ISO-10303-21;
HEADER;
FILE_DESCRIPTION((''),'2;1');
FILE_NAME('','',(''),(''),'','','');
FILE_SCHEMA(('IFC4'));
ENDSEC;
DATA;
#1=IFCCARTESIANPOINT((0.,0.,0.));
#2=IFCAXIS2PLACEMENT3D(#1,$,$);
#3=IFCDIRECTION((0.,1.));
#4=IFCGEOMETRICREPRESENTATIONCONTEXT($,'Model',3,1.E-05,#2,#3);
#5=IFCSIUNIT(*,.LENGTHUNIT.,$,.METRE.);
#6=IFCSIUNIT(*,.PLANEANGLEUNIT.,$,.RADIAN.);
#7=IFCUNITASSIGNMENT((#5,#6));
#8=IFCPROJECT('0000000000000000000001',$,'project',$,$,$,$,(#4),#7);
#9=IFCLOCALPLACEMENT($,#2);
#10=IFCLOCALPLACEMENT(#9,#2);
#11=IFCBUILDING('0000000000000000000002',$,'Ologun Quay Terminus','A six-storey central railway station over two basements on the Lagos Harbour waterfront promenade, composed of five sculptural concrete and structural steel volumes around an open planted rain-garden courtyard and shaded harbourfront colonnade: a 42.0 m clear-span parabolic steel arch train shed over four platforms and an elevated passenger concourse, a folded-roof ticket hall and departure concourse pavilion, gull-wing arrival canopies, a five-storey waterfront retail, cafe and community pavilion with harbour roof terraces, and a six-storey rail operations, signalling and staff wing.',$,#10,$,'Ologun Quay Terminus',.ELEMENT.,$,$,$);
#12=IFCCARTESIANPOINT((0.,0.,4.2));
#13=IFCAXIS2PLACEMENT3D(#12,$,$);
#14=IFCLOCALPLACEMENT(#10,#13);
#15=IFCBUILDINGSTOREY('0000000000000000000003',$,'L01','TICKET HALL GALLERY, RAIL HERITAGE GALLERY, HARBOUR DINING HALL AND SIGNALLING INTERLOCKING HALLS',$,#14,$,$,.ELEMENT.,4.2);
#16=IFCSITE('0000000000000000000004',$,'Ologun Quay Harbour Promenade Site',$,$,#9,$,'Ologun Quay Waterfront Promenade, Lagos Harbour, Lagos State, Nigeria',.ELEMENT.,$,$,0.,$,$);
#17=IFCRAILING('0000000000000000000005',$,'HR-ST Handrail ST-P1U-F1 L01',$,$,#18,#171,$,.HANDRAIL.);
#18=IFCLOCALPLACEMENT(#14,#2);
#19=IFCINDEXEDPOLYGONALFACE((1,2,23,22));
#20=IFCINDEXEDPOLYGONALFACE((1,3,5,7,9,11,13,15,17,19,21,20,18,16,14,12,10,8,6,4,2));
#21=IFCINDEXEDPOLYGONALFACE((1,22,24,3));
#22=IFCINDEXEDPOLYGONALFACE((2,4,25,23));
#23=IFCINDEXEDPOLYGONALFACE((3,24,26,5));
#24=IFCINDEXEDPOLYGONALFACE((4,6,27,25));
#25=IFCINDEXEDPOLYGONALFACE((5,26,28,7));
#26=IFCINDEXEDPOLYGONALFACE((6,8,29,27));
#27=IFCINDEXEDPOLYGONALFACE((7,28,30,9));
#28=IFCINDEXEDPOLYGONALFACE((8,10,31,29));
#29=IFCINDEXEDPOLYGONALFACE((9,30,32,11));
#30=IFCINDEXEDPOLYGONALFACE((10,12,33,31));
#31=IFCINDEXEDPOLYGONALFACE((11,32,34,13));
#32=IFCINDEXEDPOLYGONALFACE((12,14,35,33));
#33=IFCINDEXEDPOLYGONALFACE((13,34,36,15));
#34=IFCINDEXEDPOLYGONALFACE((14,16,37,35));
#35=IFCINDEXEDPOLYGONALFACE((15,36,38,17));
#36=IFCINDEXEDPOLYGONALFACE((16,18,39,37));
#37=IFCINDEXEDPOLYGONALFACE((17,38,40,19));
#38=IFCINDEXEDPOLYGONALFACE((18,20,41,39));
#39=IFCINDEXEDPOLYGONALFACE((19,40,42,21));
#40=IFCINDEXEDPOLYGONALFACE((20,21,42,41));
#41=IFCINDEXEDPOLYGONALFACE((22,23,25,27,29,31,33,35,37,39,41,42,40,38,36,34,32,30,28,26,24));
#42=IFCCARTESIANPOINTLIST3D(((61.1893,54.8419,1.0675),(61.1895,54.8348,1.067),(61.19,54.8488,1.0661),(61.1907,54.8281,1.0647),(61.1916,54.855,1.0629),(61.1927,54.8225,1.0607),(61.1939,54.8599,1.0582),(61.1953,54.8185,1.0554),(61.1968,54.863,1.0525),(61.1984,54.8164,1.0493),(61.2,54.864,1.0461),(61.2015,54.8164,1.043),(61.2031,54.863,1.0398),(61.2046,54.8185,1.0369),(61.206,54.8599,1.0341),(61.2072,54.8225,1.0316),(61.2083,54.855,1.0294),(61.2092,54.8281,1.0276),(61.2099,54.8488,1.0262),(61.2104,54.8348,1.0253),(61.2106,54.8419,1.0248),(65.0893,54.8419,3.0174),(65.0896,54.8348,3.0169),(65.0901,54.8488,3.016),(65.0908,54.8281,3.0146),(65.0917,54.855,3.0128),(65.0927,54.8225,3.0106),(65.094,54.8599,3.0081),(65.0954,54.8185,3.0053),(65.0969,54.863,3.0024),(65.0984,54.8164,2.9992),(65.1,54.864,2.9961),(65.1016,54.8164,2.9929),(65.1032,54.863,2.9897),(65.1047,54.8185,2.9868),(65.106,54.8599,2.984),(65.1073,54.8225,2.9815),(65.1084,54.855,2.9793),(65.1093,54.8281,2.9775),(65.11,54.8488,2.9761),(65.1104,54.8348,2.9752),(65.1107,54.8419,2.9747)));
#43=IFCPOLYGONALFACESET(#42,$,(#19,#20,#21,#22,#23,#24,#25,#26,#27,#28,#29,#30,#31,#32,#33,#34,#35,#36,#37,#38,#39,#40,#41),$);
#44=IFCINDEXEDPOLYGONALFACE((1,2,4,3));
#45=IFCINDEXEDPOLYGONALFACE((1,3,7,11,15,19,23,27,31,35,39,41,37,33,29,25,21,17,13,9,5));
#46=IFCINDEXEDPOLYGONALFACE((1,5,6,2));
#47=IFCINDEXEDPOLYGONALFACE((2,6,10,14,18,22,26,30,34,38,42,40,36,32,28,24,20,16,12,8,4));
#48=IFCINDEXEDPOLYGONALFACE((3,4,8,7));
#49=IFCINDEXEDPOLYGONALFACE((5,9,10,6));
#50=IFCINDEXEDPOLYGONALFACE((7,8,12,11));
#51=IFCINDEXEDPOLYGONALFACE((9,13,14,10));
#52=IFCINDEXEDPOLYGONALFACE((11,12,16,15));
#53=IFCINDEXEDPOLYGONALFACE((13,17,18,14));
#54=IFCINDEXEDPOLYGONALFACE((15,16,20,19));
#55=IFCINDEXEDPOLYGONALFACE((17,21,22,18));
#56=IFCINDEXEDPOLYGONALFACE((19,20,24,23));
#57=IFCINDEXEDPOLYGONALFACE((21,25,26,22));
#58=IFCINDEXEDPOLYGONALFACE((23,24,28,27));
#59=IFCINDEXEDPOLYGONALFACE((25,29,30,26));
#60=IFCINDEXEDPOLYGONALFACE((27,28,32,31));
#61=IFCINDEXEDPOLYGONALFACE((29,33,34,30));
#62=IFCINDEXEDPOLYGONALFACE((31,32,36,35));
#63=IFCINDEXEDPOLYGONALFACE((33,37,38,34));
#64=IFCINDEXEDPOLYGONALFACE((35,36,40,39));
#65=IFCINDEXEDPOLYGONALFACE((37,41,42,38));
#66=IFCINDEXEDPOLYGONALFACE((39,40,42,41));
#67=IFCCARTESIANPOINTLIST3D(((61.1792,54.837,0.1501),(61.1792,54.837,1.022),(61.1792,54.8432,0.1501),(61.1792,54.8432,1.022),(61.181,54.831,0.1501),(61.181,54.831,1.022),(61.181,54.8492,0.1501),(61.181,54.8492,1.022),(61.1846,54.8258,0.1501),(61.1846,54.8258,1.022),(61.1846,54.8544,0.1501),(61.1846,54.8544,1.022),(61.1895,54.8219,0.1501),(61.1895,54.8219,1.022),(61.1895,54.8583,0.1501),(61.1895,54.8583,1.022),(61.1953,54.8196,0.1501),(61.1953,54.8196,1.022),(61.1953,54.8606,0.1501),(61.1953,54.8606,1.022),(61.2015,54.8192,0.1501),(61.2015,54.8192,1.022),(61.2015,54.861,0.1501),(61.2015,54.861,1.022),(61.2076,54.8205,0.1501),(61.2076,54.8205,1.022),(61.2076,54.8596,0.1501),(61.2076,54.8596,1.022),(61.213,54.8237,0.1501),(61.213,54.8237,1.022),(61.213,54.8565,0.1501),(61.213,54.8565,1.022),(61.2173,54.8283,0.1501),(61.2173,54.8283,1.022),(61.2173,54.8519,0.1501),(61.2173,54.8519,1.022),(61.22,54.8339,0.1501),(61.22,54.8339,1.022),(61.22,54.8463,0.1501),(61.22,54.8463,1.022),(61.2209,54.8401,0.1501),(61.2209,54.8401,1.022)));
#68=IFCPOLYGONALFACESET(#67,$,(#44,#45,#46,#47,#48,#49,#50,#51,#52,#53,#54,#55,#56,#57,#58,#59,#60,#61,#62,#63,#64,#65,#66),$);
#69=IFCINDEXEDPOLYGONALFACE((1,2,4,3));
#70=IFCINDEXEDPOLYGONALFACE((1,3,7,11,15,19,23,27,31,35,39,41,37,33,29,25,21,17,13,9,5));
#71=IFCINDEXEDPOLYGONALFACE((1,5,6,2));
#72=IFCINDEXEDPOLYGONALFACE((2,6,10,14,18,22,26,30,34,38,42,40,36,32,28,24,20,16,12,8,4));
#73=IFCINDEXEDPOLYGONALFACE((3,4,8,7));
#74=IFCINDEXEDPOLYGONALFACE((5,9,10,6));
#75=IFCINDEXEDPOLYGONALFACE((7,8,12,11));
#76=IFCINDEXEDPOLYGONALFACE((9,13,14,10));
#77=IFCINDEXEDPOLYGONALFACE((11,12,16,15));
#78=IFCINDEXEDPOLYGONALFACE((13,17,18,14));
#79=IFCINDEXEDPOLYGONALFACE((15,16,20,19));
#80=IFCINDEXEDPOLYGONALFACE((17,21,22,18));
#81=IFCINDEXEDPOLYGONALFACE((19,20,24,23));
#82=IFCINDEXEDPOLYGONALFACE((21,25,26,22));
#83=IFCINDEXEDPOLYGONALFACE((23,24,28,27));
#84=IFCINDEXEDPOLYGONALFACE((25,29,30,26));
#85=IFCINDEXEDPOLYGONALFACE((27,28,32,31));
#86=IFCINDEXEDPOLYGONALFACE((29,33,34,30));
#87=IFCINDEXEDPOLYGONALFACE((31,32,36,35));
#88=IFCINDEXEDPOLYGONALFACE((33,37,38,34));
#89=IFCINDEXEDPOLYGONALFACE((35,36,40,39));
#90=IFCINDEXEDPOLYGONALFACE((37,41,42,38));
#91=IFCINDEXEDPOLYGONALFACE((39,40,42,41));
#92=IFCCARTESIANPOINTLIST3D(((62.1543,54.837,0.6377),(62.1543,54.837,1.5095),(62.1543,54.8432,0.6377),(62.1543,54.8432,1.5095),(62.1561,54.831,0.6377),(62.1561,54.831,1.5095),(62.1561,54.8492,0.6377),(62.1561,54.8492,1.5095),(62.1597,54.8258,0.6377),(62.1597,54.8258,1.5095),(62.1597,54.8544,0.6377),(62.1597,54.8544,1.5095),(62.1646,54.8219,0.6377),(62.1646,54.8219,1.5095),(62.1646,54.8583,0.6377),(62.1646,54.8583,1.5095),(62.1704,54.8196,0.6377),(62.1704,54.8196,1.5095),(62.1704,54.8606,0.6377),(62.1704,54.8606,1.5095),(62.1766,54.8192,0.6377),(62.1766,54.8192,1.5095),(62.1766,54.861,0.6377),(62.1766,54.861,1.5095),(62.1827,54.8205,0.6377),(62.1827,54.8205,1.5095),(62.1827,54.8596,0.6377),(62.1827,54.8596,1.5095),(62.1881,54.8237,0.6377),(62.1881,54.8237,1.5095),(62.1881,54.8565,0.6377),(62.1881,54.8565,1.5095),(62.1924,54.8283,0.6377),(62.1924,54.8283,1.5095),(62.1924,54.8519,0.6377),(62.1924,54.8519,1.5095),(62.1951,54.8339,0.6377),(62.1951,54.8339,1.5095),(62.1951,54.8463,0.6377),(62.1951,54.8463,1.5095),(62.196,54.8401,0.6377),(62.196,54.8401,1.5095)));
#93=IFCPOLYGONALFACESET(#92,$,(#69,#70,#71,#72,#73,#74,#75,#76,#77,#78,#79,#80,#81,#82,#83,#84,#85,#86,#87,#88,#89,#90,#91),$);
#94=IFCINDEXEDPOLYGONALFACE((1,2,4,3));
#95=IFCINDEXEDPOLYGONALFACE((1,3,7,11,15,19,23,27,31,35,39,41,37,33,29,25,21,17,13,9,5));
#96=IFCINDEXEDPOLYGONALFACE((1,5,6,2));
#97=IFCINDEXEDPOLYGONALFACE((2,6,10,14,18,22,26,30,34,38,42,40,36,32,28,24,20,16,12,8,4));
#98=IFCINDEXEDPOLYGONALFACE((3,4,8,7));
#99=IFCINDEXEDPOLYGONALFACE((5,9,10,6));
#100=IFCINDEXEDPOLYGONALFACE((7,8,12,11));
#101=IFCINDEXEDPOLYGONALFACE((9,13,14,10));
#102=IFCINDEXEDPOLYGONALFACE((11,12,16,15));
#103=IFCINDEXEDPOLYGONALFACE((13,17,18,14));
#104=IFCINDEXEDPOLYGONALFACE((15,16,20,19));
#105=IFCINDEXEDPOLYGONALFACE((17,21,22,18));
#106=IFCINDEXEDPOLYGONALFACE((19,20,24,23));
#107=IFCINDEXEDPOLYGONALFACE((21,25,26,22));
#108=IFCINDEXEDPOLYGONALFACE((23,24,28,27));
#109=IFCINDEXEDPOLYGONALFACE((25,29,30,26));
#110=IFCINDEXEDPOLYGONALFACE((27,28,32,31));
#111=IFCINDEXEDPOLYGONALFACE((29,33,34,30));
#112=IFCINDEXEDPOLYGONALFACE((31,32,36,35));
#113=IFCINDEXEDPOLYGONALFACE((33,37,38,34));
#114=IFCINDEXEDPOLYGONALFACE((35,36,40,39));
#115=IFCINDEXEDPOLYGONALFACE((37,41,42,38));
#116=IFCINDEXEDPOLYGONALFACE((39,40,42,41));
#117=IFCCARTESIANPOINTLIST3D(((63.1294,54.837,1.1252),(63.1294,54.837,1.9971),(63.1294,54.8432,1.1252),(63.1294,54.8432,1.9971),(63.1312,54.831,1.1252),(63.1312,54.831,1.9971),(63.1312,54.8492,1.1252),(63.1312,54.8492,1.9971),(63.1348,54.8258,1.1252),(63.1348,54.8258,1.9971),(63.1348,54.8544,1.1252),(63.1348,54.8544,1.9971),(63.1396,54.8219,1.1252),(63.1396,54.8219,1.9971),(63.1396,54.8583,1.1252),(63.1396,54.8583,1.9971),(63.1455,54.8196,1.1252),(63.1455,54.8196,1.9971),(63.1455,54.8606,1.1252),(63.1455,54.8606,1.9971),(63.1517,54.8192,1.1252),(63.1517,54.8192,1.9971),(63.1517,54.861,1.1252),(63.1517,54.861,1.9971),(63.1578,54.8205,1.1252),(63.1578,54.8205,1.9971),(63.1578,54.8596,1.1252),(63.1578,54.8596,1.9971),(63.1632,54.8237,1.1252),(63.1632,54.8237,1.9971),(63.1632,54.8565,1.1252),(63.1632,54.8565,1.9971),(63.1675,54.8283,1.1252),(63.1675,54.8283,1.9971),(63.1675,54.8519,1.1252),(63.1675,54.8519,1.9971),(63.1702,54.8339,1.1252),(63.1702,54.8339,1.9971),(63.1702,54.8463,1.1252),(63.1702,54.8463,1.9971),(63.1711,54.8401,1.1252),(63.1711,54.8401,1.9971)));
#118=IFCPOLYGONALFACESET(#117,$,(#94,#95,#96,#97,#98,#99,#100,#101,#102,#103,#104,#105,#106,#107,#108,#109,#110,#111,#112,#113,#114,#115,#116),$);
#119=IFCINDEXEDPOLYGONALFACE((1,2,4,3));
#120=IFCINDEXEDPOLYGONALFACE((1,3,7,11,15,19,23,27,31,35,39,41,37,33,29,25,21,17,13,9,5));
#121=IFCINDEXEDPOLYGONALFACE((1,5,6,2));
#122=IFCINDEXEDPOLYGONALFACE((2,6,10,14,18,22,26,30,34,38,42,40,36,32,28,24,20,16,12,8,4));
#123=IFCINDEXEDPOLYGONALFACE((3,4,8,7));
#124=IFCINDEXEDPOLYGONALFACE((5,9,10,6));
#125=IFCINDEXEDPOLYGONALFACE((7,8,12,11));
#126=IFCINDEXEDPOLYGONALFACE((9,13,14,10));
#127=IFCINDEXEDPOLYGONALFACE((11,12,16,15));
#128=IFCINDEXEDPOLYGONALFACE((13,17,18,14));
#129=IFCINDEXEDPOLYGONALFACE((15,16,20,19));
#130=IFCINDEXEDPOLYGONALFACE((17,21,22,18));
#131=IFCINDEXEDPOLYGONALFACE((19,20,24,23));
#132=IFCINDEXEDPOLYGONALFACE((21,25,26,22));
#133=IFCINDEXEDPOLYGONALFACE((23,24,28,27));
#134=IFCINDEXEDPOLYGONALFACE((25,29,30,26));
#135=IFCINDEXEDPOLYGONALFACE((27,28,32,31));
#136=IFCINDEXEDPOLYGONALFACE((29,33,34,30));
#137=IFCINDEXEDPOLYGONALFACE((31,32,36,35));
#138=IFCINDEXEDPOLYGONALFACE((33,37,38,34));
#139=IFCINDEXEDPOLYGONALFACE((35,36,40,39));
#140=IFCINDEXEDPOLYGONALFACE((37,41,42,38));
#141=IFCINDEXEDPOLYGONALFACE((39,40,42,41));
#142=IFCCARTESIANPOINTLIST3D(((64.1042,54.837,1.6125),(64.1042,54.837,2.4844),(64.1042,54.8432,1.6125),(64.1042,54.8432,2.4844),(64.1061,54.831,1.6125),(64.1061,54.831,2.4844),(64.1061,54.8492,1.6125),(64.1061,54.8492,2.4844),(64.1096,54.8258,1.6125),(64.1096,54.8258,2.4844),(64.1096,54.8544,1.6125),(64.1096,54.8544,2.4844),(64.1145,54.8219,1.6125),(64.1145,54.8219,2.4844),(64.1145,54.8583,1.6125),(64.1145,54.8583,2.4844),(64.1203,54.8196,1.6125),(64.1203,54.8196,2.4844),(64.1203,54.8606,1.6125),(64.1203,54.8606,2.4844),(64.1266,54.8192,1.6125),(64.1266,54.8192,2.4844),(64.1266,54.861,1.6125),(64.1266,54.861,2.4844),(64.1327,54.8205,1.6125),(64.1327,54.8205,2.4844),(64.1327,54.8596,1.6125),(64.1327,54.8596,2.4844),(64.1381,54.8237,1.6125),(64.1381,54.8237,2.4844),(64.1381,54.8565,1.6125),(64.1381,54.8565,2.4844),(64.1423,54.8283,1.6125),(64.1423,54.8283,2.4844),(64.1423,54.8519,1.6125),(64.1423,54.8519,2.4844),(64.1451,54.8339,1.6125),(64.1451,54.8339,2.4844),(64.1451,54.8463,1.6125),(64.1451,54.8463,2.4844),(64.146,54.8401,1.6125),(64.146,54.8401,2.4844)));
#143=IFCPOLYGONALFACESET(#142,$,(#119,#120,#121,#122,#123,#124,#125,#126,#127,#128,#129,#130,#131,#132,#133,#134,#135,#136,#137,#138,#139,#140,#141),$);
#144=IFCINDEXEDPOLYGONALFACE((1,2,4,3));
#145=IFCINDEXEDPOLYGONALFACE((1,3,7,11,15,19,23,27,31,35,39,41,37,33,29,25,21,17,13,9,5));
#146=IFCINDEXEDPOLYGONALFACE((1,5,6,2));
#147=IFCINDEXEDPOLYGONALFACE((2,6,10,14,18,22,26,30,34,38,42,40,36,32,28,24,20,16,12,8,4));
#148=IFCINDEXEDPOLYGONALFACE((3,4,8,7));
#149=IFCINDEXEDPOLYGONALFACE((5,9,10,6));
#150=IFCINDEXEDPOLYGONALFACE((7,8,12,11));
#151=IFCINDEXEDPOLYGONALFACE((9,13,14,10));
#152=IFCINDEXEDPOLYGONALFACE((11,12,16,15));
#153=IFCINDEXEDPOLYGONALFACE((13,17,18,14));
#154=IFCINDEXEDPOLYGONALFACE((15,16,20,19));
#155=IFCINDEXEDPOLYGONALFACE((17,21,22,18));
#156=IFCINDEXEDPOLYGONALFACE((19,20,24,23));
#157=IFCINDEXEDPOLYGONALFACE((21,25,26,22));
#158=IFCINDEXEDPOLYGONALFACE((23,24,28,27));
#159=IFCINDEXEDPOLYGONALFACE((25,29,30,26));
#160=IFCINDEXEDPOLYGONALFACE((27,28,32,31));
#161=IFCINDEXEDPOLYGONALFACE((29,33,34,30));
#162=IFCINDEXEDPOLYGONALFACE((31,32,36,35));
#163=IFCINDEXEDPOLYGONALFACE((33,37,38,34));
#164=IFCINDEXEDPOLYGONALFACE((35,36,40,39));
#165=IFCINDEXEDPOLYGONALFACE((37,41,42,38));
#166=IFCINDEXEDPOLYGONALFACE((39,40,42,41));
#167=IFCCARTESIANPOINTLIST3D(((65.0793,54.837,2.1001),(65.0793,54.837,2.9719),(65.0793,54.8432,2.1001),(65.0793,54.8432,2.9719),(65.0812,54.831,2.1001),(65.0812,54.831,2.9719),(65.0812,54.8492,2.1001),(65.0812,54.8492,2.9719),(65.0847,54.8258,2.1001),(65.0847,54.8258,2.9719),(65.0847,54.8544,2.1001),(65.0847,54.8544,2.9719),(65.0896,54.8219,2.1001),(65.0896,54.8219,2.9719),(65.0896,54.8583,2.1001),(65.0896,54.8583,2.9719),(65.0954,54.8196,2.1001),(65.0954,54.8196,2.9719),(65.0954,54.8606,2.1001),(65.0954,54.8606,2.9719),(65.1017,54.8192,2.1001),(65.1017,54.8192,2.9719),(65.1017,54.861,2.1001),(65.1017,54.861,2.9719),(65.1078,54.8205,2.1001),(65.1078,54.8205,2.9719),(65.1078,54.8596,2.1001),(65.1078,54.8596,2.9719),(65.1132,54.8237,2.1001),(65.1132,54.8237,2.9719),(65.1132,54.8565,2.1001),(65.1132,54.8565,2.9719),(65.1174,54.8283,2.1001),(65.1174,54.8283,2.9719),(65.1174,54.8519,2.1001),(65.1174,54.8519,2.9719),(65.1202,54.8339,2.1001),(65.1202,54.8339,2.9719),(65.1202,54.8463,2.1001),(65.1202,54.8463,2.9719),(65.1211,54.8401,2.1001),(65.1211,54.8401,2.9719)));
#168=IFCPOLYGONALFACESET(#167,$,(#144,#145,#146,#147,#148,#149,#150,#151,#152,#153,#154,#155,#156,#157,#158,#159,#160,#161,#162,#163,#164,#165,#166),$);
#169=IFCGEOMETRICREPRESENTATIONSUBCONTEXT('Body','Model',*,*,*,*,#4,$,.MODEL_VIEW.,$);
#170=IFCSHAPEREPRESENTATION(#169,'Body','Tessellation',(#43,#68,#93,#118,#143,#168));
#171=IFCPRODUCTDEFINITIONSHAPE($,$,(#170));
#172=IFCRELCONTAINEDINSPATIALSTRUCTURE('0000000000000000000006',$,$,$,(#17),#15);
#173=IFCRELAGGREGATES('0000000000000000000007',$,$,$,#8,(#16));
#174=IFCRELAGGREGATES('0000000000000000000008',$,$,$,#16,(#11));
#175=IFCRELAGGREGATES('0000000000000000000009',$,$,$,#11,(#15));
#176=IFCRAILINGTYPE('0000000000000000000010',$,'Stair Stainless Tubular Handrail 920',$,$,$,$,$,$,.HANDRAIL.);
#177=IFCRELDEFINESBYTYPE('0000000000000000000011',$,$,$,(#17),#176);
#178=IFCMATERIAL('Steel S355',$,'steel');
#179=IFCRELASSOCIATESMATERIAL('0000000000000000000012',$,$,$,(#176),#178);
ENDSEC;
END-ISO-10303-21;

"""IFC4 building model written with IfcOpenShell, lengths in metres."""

from ifc_helpers import new_model, si_unit, direction, frame, origin, origin_2d, place, context, subcontext, project, spatial, circle, extrude, material, type_object, element, save


model = new_model("IFC4")

# Units and contexts
model_context = context("Model", 3, precision=1e-05, world=origin(), true_north=direction((0.0, 1.0)))
body_context = subcontext(model_context, "Body", "Model", "MODEL_VIEW")
ifc_project = project(units=[si_unit("LENGTHUNIT", "METRE"), si_unit("PLANEANGLEUNIT", "RADIAN")], contexts=[model_context])

# Site, building, storey
site_placement = place(None, origin())
site = spatial("IfcSite", under=ifc_project, at=site_placement, Name="Ologun Quay Harbour Promenade Site", LongName="Ologun Quay Waterfront Promenade, Lagos Harbour, Lagos State, Nigeria", CompositionType="ELEMENT", RefElevation=0.0)
building_placement = place(site_placement, origin())
building = spatial("IfcBuilding", under=site, at=building_placement, Name="Ologun Quay Terminus", Description="A six-storey central railway station over two basements on the Lagos Harbour waterfront promenade, composed of five sculptural concrete and structural steel volumes around an open planted rain-garden courtyard and shaded harbourfront colonnade: a 42.0 m clear-span parabolic steel arch train shed over four platforms and an elevated passenger concourse, a folded-roof ticket hall and departure concourse pavilion, gull-wing arrival canopies, a five-storey waterfront retail, cafe and community pavilion with harbour roof terraces, and a six-storey rail operations, signalling and staff wing.", LongName="Ologun Quay Terminus", CompositionType="ELEMENT")
storey_placement = place(building_placement, frame((0.0, 0.0, 4.2)))
storey = spatial("IfcBuildingStorey", under=building, at=storey_placement, Name="L01", Description="TICKET HALL GALLERY, RAIL HERITAGE GALLERY, HARBOUR DINING HALL AND SIGNALLING INTERLOCKING HALLS", CompositionType="ELEMENT", Elevation=4.2)

# Railing
ifc_material_1 = material(Name="Steel S355", Category="steel")
railing_type_1 = type_object("IfcRailingType", Name="Stair Stainless Tubular Handrail 920", PredefinedType="HANDRAIL", material=ifc_material_1)
railing_1_placement = place(storey_placement, frame((61.2, 54.8401, 0.1501)))
element("IfcRailing", 1, at=railing_1_placement, inside=storey, type_object=railing_type_1, Name="HR-ST Handrail ST-P1U-F1 L01", PredefinedType="HANDRAIL", context=body_context, shape_type="SweptSolid", body=[
    extrude(circle(Radius=0.0239, at=origin_2d()), frame((0.0, 0.0, 0.896), z_axis=(0.894438, 0.0, 0.447191), x_axis=(0.0, 1.0, 0.0)), (0.0, 0.0, 1.0), 4.3604),
    extrude(circle(Radius=0.021, at=origin_2d()), origin(), (0.0, 0.0, 1.0), 0.8718),
    extrude(circle(Radius=0.021, at=origin_2d()), frame((0.9751, 0.0, 0.4875)), (0.0, 0.0, 1.0), 0.8718),
    extrude(circle(Radius=0.021, at=origin_2d()), frame((1.9502, 0.0, 0.9751)), (0.0, 0.0, 1.0), 0.8718),
    extrude(circle(Radius=0.021, at=origin_2d()), frame((2.925, 0.0, 1.4624)), (0.0, 0.0, 1.0), 0.8718),
    extrude(circle(Radius=0.021, at=origin_2d()), frame((3.9001, 0.0, 1.95)), (0.0, 0.0, 1.0), 0.8718),
])

save(model, "model.ifc")
